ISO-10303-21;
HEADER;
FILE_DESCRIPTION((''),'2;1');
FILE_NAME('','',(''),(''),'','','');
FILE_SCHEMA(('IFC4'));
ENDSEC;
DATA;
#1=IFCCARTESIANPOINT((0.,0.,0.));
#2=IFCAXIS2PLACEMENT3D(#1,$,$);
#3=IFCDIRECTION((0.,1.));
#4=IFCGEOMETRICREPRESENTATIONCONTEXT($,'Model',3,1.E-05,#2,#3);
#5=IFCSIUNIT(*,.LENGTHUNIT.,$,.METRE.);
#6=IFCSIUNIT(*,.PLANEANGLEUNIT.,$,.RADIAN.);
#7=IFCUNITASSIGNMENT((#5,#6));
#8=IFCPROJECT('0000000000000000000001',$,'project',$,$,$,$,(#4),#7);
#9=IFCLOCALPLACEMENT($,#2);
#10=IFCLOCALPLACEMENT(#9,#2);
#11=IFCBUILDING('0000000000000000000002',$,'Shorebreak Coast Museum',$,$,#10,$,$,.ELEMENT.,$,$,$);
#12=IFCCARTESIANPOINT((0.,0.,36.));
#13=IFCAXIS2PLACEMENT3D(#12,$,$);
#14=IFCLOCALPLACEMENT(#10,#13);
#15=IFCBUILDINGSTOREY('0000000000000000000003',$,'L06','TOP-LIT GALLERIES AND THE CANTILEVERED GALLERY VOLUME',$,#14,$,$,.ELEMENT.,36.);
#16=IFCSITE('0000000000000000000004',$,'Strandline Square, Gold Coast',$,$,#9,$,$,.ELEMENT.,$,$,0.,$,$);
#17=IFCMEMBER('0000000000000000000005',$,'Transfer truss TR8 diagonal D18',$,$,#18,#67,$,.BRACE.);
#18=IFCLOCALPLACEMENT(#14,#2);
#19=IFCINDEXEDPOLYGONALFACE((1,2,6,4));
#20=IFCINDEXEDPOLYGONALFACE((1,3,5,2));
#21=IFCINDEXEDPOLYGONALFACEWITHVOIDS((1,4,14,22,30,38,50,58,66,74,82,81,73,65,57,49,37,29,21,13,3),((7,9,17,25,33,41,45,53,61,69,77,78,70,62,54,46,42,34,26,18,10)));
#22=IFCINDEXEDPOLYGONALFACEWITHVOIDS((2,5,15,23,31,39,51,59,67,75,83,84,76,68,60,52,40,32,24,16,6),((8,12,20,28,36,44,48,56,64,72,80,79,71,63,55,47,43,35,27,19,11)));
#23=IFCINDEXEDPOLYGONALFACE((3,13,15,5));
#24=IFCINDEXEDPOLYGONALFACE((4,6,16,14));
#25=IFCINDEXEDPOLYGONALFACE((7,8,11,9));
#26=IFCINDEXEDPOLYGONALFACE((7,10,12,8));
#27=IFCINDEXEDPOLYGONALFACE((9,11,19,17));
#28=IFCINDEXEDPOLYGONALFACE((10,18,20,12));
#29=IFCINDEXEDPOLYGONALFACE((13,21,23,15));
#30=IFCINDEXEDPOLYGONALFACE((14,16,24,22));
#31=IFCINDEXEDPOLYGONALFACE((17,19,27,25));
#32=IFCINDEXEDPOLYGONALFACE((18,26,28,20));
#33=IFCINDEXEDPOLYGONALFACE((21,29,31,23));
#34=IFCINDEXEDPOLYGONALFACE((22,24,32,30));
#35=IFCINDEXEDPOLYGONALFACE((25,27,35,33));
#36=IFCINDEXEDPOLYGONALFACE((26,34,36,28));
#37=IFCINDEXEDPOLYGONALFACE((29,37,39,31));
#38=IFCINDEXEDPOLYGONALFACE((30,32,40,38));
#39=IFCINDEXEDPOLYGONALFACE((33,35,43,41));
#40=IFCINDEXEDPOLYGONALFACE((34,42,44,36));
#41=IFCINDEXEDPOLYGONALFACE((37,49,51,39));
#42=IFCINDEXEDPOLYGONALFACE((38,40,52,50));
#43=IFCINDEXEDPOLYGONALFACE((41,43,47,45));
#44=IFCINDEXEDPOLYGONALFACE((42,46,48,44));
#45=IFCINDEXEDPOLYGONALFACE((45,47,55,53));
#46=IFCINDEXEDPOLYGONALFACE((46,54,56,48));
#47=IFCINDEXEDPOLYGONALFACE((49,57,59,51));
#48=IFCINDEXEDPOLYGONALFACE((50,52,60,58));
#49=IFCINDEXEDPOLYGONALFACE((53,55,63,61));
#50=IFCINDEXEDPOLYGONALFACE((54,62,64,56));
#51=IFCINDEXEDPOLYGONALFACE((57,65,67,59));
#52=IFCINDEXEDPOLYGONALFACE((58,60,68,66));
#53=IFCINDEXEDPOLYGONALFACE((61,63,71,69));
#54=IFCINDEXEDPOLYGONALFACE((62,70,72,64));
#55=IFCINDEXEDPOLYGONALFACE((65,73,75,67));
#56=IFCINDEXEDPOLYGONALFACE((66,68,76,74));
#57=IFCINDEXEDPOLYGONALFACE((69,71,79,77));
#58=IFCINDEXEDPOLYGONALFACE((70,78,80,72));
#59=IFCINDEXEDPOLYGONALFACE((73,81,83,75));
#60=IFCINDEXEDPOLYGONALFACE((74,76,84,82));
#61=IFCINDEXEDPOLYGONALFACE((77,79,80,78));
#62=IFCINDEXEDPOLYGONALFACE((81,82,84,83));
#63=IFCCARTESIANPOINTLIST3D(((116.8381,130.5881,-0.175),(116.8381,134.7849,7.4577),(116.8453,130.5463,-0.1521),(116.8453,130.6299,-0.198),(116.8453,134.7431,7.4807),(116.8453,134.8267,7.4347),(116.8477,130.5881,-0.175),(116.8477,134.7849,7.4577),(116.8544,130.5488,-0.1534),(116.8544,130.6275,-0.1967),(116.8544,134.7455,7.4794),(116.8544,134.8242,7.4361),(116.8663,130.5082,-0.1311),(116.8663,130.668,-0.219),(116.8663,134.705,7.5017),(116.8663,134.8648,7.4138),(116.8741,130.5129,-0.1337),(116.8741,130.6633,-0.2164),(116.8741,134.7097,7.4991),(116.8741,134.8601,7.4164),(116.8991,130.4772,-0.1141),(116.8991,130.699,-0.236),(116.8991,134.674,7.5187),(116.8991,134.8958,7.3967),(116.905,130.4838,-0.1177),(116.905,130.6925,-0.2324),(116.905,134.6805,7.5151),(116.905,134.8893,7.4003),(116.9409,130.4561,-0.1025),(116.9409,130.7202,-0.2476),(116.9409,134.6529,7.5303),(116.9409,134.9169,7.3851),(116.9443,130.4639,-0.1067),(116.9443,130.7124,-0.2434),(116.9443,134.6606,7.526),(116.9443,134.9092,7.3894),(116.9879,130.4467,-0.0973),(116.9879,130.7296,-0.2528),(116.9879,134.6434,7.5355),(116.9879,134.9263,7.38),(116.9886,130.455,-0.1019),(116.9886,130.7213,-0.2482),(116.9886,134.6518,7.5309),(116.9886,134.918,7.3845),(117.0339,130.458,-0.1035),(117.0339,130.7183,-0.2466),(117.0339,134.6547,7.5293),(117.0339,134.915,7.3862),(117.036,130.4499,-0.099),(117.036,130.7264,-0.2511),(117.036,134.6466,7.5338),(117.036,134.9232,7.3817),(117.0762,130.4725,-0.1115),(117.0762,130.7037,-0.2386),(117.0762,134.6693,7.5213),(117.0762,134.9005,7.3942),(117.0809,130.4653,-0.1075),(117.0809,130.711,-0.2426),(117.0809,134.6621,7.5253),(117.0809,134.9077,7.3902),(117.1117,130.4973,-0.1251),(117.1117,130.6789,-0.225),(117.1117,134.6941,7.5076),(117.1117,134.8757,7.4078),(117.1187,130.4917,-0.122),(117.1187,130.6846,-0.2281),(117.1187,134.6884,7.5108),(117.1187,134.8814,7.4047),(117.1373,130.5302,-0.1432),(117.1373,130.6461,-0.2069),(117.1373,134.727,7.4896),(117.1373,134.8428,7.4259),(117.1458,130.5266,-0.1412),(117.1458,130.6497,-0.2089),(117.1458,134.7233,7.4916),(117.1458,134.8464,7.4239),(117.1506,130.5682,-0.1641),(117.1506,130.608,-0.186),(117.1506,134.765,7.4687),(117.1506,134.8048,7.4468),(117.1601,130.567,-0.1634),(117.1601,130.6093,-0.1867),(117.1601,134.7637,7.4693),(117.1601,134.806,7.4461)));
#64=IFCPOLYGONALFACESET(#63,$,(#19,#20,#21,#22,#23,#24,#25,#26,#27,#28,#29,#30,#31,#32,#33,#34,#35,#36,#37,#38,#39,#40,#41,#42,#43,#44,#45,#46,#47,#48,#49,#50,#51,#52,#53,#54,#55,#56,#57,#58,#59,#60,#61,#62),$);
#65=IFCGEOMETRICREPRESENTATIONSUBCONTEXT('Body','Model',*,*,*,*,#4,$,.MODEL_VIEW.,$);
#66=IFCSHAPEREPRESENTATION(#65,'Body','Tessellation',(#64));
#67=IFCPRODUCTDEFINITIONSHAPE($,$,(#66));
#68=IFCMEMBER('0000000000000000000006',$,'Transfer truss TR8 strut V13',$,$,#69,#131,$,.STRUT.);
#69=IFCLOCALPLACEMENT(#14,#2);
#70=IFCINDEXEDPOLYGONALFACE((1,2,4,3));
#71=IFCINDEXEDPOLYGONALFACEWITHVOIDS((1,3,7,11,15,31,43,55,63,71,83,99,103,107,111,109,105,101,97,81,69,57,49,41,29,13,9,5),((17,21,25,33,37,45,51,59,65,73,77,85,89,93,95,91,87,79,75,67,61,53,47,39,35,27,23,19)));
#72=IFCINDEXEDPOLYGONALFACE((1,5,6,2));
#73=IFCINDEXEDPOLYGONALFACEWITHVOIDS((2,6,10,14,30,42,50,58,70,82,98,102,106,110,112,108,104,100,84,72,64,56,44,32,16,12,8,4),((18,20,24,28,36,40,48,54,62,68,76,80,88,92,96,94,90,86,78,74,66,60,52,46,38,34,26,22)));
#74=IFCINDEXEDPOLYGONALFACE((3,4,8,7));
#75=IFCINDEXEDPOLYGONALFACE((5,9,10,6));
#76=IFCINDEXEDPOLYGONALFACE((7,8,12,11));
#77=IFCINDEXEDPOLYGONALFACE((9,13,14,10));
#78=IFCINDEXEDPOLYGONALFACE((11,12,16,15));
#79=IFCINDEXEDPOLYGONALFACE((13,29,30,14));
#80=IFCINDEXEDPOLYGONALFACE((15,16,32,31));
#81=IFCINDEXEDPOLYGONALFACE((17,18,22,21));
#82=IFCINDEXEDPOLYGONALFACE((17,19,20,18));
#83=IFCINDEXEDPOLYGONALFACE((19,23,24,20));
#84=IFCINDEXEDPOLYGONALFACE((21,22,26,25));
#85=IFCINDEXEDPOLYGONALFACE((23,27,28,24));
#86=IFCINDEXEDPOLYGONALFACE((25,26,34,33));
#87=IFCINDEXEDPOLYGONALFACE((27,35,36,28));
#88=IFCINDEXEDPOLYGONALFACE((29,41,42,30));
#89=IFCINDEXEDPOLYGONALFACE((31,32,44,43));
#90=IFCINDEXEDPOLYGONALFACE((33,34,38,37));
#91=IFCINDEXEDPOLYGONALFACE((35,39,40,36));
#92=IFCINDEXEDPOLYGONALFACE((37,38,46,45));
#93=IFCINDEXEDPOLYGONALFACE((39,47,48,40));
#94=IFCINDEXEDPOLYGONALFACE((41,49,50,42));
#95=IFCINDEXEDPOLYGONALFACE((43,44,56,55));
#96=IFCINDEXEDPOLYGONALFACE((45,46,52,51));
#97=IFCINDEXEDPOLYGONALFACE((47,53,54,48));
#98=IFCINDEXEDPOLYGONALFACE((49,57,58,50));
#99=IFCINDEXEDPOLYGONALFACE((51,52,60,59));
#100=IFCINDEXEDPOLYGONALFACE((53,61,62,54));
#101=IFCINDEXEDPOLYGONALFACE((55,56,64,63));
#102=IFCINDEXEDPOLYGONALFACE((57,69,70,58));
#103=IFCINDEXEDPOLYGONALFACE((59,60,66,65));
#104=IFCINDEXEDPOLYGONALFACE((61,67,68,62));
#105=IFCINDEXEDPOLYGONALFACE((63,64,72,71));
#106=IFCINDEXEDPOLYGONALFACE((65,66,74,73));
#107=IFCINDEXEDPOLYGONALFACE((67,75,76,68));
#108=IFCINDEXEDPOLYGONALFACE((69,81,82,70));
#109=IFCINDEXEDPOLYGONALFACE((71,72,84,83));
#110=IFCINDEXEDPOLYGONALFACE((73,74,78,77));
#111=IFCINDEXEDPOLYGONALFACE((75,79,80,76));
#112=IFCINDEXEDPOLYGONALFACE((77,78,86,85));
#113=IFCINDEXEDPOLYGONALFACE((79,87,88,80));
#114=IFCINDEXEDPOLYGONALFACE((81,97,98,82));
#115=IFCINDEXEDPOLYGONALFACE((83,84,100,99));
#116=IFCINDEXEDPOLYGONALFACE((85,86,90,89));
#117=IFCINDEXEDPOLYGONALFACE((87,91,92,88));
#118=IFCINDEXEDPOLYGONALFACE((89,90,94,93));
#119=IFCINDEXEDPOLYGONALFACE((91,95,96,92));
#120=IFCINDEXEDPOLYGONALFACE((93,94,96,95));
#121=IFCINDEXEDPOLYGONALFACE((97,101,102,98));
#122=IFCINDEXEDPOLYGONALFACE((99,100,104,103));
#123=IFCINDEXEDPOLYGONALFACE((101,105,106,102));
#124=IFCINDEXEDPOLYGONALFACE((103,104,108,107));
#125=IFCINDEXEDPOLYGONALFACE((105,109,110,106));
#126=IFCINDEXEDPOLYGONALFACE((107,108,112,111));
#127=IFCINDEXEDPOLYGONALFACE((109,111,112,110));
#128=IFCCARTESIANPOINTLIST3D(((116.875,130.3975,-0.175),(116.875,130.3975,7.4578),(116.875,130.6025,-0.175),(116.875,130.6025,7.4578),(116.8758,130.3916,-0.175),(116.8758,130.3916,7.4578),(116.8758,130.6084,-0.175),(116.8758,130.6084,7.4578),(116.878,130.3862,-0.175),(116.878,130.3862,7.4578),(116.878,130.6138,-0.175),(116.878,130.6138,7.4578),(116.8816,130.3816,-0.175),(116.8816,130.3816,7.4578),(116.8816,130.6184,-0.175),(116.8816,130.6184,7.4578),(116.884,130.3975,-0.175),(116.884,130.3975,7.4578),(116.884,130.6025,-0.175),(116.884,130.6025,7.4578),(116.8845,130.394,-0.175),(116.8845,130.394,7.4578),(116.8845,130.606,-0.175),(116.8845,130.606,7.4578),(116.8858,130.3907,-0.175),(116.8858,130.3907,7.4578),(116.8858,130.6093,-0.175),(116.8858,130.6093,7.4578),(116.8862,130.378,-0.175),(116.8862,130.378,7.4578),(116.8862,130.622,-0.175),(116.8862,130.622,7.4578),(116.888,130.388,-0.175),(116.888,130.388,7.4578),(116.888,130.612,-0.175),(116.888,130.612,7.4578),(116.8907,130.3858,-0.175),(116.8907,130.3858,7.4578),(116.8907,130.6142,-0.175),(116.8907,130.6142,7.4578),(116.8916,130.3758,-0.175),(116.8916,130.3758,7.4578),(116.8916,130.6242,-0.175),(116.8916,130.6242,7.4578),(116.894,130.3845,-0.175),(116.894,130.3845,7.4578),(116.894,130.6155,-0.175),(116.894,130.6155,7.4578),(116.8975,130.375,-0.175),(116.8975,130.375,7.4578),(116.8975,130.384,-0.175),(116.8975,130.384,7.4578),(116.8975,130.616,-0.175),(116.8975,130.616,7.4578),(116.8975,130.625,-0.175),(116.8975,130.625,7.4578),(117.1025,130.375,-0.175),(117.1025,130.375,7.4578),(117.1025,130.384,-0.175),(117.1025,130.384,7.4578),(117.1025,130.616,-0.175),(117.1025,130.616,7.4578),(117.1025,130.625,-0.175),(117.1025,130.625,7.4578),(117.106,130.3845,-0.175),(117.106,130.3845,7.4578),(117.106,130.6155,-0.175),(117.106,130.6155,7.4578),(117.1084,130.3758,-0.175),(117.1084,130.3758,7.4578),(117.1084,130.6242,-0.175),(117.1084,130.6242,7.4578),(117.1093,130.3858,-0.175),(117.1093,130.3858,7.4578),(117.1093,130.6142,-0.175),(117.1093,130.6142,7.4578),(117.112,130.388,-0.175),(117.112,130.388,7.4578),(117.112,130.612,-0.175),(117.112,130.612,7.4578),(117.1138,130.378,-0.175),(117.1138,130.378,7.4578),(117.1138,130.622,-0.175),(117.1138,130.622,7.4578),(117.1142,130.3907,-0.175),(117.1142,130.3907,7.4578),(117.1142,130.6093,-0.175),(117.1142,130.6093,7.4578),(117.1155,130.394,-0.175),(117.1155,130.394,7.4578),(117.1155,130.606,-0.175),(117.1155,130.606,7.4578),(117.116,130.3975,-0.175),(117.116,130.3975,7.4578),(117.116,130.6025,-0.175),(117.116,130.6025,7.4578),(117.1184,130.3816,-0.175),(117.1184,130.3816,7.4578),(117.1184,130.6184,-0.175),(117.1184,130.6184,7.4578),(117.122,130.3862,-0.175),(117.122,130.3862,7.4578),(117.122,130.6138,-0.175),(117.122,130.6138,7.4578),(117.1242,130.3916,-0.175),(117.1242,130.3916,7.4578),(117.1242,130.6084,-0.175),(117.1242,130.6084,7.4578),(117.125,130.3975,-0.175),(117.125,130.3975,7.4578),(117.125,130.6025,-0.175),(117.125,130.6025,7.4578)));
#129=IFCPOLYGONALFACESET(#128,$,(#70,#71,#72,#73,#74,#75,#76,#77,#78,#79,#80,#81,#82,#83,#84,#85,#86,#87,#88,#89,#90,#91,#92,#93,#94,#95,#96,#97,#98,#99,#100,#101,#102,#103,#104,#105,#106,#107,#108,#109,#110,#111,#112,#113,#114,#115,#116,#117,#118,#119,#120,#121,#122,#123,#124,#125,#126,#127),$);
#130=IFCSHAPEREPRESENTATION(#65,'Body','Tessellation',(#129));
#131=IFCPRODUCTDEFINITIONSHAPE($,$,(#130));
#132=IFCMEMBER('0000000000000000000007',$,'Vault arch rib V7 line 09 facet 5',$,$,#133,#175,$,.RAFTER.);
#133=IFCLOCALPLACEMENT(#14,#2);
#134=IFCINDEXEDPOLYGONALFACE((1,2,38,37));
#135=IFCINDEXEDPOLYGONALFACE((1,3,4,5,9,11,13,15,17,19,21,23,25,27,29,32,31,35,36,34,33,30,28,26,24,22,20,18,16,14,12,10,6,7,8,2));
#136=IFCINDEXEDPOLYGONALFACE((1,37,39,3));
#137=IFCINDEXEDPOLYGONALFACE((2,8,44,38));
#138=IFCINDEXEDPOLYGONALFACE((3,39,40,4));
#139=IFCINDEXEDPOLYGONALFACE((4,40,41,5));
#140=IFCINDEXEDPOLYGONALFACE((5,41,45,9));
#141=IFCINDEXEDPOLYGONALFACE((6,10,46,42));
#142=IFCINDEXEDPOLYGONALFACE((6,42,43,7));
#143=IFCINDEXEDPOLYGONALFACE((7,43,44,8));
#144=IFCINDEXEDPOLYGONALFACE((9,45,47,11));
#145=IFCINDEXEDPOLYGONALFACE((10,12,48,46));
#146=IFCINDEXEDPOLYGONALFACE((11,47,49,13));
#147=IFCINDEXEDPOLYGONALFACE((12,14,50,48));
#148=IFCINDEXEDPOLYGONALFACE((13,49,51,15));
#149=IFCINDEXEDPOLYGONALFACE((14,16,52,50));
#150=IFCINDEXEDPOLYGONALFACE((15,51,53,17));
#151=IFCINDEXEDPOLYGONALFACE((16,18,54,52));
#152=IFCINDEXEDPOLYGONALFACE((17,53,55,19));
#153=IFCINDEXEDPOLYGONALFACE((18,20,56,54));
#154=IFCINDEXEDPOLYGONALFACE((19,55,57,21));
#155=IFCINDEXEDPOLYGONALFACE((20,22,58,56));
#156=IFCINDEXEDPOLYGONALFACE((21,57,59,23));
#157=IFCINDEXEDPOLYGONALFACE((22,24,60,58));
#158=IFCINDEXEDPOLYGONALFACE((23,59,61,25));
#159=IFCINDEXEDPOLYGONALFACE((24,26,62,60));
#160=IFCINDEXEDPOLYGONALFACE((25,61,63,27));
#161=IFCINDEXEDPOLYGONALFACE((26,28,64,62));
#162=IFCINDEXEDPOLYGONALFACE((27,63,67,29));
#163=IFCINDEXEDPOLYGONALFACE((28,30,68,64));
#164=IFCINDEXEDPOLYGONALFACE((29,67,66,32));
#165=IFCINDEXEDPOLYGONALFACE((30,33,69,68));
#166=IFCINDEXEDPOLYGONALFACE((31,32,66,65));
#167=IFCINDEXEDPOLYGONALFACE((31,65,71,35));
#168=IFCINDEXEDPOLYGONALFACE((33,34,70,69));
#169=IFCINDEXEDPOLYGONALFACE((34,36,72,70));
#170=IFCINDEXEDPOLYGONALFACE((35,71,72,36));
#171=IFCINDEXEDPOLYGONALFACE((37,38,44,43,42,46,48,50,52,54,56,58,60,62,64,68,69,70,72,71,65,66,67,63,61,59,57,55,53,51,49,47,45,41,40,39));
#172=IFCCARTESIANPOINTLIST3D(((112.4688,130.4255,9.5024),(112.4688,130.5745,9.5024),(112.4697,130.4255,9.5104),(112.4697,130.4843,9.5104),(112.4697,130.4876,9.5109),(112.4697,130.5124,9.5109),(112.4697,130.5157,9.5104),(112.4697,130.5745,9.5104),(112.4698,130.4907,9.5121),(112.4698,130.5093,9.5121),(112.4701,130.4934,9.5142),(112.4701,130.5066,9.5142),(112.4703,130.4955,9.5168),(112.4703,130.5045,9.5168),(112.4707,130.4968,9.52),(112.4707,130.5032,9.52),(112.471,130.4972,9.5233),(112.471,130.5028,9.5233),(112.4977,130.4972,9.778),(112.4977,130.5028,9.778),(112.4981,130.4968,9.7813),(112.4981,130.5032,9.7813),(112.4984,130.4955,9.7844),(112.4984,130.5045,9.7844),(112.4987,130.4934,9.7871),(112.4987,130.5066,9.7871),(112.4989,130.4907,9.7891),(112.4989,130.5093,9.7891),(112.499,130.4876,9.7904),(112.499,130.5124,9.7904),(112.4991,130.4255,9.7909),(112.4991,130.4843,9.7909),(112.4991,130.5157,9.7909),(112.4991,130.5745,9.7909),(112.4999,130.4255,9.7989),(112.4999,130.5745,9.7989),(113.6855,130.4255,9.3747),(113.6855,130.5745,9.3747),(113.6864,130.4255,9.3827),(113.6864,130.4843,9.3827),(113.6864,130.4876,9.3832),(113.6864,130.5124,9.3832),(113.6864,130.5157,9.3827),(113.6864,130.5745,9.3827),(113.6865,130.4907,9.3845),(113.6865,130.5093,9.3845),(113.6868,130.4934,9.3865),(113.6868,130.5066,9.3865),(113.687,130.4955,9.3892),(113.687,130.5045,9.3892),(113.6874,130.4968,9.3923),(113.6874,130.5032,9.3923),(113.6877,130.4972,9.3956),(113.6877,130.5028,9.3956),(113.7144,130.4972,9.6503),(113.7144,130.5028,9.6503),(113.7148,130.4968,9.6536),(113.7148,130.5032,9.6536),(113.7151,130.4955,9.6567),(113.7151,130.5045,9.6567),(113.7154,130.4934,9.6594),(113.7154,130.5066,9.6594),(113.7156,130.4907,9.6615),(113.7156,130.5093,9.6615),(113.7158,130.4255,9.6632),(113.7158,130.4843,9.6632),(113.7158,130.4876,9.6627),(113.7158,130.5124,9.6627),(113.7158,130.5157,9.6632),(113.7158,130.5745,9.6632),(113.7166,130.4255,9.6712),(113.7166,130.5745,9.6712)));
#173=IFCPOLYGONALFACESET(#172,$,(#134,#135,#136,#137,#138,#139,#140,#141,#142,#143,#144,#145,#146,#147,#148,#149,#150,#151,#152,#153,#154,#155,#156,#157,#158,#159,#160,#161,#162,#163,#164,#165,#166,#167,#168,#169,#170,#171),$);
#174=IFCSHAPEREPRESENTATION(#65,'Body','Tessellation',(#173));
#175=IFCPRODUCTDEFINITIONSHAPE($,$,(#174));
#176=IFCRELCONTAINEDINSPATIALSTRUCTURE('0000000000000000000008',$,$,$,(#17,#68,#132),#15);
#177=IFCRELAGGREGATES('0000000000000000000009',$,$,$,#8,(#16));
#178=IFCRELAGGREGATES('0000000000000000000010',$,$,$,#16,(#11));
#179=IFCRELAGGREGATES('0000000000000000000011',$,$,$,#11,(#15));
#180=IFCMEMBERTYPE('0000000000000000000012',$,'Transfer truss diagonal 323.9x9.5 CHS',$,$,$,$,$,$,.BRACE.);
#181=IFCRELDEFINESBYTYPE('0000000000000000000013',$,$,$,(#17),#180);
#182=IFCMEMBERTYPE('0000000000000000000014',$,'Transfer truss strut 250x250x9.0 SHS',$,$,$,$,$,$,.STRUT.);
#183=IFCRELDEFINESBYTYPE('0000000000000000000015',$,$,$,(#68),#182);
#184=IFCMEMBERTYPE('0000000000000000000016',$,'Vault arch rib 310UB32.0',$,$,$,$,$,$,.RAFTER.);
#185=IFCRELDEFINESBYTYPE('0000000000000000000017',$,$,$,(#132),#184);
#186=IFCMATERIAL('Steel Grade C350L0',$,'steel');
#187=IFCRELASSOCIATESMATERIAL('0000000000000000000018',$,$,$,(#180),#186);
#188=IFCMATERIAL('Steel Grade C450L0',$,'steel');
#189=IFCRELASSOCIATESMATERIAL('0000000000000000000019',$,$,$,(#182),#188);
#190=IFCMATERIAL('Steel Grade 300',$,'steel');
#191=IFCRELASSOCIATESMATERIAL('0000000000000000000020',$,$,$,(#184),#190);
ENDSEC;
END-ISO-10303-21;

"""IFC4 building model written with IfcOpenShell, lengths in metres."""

from ifc_helpers import new_model, si_unit, direction, frame, origin, origin_2d, place, context, subcontext, project, spatial, hollow_rectangle, hollow_circle, i_section, extrude, material, material_profile, profile_set, type_object, element, save


model = new_model("IFC4")

# Units and contexts
model_context = context("Model", 3, precision=1e-05, world=origin(), true_north=direction((0.0, 1.0)))
body_context = subcontext(model_context, "Body", "Model", "MODEL_VIEW")
ifc_project = project(units=[si_unit("LENGTHUNIT", "METRE"), si_unit("PLANEANGLEUNIT", "RADIAN")], contexts=[model_context])

# Site, building, storey
site_placement = place(None, origin())
site = spatial("IfcSite", under=ifc_project, at=site_placement, Name="Strandline Square, Gold Coast", CompositionType="ELEMENT", RefElevation=0.0)
building_placement = place(site_placement, origin())
building = spatial("IfcBuilding", under=site, at=building_placement, Name="Shorebreak Coast Museum", CompositionType="ELEMENT")
storey_placement = place(building_placement, frame((0.0, 0.0, 36.0)))
storey = spatial("IfcBuildingStorey", under=building, at=storey_placement, Name="L06", Description="TOP-LIT GALLERIES AND THE CANTILEVERED GALLERY VOLUME", CompositionType="ELEMENT", Elevation=36.0)

# Members
ifc_material_1 = material(Name="Steel Grade C350L0", Category="steel")
ifc_material_profile_1 = material_profile(ifc_material_1, hollow_circle(Radius=0.1619, WallThickness=0.0095, at=origin_2d()), Name="323.9x9.5 CHS")
ifc_profile_set_1 = profile_set([ifc_material_profile_1], Name="Steel Grade C350L0")
member_type_1 = type_object("IfcMemberType", Name="Transfer truss diagonal 323.9x9.5 CHS", PredefinedType="BRACE", material=ifc_profile_set_1)
member_1_placement = place(storey_placement, frame((117.0, 130.5881, -0.175), z_axis=(0.0, 0.481807, 0.876277), x_axis=(-1.0, 0.0, 0.0)))
element("IfcMember", 1, at=member_1_placement, inside=storey, type_object=member_type_1, Name="Transfer truss TR8 diagonal D18", PredefinedType="BRACE", context=body_context, shape_type="SweptSolid", body=[
    extrude(hollow_circle(Radius=0.1619, WallThickness=0.0095, at=origin_2d()), origin(), (0.0, 0.0, 1.0), 8.7104),
])
ifc_material_2 = material(Name="Steel Grade C450L0", Category="steel")
ifc_material_profile_2 = material_profile(ifc_material_2, hollow_rectangle(XDim=0.25, YDim=0.25, WallThickness=0.009, InnerFilletRadius=0.0134, OuterFilletRadius=0.0225, at=origin_2d()), Name="250x250x9.0 SHS")
ifc_profile_set_2 = profile_set([ifc_material_profile_2], Name="Steel Grade C450L0")
member_type_2 = type_object("IfcMemberType", Name="Transfer truss strut 250x250x9.0 SHS", PredefinedType="STRUT", material=ifc_profile_set_2)
member_2_placement = place(storey_placement, frame((117.0, 130.5, -0.175), z_axis=(0.0, 0.0, 1.0), x_axis=(1.0, 0.0, 0.0)))
element("IfcMember", 2, at=member_2_placement, inside=storey, type_object=member_type_2, Name="Transfer truss TR8 strut V13", PredefinedType="STRUT", context=body_context, shape_type="SweptSolid", body=[
    extrude(hollow_rectangle(XDim=0.25, YDim=0.25, WallThickness=0.009, InnerFilletRadius=0.0134, OuterFilletRadius=0.0225, at=origin_2d()), origin(), (0.0, 0.0, 1.0), 7.6328),
])
ifc_material_3 = material(Name="Steel Grade 300", Category="steel")
ifc_material_profile_3 = material_profile(ifc_material_3, i_section(OverallWidth=0.1489, OverallDepth=0.2981, WebThickness=0.0056, FlangeThickness=0.0081, FilletRadius=0.0129, at=origin_2d()), Name="310UB32.0")
ifc_profile_set_3 = profile_set([ifc_material_profile_3], Name="Steel Grade 300")
member_type_3 = type_object("IfcMemberType", Name="Vault arch rib 310UB32.0", PredefinedType="RAFTER", material=ifc_profile_set_3)
for number, where, z_axis, x_axis, name in (
    (3, (112.4844, 130.5, 9.6506), (0.994539, 0.0, -0.104363), (0.0, 1.0, 0.0), "Vault arch rib V7 line 09 facet 5"),
):
    element("IfcMember", number, at=place(storey_placement, frame(where, z_axis=z_axis, x_axis=x_axis)), inside=storey, type_object=member_type_3, Name=name, PredefinedType="RAFTER", context=body_context, shape_type="SweptSolid", body=[
        extrude(i_section(OverallWidth=0.1489, OverallDepth=0.2981, WebThickness=0.0056, FlangeThickness=0.0081, FilletRadius=0.0129, at=origin_2d()), origin(), (0.0, 0.0, 1.0), 1.2234),
    ])

save(model, "model.ifc")
